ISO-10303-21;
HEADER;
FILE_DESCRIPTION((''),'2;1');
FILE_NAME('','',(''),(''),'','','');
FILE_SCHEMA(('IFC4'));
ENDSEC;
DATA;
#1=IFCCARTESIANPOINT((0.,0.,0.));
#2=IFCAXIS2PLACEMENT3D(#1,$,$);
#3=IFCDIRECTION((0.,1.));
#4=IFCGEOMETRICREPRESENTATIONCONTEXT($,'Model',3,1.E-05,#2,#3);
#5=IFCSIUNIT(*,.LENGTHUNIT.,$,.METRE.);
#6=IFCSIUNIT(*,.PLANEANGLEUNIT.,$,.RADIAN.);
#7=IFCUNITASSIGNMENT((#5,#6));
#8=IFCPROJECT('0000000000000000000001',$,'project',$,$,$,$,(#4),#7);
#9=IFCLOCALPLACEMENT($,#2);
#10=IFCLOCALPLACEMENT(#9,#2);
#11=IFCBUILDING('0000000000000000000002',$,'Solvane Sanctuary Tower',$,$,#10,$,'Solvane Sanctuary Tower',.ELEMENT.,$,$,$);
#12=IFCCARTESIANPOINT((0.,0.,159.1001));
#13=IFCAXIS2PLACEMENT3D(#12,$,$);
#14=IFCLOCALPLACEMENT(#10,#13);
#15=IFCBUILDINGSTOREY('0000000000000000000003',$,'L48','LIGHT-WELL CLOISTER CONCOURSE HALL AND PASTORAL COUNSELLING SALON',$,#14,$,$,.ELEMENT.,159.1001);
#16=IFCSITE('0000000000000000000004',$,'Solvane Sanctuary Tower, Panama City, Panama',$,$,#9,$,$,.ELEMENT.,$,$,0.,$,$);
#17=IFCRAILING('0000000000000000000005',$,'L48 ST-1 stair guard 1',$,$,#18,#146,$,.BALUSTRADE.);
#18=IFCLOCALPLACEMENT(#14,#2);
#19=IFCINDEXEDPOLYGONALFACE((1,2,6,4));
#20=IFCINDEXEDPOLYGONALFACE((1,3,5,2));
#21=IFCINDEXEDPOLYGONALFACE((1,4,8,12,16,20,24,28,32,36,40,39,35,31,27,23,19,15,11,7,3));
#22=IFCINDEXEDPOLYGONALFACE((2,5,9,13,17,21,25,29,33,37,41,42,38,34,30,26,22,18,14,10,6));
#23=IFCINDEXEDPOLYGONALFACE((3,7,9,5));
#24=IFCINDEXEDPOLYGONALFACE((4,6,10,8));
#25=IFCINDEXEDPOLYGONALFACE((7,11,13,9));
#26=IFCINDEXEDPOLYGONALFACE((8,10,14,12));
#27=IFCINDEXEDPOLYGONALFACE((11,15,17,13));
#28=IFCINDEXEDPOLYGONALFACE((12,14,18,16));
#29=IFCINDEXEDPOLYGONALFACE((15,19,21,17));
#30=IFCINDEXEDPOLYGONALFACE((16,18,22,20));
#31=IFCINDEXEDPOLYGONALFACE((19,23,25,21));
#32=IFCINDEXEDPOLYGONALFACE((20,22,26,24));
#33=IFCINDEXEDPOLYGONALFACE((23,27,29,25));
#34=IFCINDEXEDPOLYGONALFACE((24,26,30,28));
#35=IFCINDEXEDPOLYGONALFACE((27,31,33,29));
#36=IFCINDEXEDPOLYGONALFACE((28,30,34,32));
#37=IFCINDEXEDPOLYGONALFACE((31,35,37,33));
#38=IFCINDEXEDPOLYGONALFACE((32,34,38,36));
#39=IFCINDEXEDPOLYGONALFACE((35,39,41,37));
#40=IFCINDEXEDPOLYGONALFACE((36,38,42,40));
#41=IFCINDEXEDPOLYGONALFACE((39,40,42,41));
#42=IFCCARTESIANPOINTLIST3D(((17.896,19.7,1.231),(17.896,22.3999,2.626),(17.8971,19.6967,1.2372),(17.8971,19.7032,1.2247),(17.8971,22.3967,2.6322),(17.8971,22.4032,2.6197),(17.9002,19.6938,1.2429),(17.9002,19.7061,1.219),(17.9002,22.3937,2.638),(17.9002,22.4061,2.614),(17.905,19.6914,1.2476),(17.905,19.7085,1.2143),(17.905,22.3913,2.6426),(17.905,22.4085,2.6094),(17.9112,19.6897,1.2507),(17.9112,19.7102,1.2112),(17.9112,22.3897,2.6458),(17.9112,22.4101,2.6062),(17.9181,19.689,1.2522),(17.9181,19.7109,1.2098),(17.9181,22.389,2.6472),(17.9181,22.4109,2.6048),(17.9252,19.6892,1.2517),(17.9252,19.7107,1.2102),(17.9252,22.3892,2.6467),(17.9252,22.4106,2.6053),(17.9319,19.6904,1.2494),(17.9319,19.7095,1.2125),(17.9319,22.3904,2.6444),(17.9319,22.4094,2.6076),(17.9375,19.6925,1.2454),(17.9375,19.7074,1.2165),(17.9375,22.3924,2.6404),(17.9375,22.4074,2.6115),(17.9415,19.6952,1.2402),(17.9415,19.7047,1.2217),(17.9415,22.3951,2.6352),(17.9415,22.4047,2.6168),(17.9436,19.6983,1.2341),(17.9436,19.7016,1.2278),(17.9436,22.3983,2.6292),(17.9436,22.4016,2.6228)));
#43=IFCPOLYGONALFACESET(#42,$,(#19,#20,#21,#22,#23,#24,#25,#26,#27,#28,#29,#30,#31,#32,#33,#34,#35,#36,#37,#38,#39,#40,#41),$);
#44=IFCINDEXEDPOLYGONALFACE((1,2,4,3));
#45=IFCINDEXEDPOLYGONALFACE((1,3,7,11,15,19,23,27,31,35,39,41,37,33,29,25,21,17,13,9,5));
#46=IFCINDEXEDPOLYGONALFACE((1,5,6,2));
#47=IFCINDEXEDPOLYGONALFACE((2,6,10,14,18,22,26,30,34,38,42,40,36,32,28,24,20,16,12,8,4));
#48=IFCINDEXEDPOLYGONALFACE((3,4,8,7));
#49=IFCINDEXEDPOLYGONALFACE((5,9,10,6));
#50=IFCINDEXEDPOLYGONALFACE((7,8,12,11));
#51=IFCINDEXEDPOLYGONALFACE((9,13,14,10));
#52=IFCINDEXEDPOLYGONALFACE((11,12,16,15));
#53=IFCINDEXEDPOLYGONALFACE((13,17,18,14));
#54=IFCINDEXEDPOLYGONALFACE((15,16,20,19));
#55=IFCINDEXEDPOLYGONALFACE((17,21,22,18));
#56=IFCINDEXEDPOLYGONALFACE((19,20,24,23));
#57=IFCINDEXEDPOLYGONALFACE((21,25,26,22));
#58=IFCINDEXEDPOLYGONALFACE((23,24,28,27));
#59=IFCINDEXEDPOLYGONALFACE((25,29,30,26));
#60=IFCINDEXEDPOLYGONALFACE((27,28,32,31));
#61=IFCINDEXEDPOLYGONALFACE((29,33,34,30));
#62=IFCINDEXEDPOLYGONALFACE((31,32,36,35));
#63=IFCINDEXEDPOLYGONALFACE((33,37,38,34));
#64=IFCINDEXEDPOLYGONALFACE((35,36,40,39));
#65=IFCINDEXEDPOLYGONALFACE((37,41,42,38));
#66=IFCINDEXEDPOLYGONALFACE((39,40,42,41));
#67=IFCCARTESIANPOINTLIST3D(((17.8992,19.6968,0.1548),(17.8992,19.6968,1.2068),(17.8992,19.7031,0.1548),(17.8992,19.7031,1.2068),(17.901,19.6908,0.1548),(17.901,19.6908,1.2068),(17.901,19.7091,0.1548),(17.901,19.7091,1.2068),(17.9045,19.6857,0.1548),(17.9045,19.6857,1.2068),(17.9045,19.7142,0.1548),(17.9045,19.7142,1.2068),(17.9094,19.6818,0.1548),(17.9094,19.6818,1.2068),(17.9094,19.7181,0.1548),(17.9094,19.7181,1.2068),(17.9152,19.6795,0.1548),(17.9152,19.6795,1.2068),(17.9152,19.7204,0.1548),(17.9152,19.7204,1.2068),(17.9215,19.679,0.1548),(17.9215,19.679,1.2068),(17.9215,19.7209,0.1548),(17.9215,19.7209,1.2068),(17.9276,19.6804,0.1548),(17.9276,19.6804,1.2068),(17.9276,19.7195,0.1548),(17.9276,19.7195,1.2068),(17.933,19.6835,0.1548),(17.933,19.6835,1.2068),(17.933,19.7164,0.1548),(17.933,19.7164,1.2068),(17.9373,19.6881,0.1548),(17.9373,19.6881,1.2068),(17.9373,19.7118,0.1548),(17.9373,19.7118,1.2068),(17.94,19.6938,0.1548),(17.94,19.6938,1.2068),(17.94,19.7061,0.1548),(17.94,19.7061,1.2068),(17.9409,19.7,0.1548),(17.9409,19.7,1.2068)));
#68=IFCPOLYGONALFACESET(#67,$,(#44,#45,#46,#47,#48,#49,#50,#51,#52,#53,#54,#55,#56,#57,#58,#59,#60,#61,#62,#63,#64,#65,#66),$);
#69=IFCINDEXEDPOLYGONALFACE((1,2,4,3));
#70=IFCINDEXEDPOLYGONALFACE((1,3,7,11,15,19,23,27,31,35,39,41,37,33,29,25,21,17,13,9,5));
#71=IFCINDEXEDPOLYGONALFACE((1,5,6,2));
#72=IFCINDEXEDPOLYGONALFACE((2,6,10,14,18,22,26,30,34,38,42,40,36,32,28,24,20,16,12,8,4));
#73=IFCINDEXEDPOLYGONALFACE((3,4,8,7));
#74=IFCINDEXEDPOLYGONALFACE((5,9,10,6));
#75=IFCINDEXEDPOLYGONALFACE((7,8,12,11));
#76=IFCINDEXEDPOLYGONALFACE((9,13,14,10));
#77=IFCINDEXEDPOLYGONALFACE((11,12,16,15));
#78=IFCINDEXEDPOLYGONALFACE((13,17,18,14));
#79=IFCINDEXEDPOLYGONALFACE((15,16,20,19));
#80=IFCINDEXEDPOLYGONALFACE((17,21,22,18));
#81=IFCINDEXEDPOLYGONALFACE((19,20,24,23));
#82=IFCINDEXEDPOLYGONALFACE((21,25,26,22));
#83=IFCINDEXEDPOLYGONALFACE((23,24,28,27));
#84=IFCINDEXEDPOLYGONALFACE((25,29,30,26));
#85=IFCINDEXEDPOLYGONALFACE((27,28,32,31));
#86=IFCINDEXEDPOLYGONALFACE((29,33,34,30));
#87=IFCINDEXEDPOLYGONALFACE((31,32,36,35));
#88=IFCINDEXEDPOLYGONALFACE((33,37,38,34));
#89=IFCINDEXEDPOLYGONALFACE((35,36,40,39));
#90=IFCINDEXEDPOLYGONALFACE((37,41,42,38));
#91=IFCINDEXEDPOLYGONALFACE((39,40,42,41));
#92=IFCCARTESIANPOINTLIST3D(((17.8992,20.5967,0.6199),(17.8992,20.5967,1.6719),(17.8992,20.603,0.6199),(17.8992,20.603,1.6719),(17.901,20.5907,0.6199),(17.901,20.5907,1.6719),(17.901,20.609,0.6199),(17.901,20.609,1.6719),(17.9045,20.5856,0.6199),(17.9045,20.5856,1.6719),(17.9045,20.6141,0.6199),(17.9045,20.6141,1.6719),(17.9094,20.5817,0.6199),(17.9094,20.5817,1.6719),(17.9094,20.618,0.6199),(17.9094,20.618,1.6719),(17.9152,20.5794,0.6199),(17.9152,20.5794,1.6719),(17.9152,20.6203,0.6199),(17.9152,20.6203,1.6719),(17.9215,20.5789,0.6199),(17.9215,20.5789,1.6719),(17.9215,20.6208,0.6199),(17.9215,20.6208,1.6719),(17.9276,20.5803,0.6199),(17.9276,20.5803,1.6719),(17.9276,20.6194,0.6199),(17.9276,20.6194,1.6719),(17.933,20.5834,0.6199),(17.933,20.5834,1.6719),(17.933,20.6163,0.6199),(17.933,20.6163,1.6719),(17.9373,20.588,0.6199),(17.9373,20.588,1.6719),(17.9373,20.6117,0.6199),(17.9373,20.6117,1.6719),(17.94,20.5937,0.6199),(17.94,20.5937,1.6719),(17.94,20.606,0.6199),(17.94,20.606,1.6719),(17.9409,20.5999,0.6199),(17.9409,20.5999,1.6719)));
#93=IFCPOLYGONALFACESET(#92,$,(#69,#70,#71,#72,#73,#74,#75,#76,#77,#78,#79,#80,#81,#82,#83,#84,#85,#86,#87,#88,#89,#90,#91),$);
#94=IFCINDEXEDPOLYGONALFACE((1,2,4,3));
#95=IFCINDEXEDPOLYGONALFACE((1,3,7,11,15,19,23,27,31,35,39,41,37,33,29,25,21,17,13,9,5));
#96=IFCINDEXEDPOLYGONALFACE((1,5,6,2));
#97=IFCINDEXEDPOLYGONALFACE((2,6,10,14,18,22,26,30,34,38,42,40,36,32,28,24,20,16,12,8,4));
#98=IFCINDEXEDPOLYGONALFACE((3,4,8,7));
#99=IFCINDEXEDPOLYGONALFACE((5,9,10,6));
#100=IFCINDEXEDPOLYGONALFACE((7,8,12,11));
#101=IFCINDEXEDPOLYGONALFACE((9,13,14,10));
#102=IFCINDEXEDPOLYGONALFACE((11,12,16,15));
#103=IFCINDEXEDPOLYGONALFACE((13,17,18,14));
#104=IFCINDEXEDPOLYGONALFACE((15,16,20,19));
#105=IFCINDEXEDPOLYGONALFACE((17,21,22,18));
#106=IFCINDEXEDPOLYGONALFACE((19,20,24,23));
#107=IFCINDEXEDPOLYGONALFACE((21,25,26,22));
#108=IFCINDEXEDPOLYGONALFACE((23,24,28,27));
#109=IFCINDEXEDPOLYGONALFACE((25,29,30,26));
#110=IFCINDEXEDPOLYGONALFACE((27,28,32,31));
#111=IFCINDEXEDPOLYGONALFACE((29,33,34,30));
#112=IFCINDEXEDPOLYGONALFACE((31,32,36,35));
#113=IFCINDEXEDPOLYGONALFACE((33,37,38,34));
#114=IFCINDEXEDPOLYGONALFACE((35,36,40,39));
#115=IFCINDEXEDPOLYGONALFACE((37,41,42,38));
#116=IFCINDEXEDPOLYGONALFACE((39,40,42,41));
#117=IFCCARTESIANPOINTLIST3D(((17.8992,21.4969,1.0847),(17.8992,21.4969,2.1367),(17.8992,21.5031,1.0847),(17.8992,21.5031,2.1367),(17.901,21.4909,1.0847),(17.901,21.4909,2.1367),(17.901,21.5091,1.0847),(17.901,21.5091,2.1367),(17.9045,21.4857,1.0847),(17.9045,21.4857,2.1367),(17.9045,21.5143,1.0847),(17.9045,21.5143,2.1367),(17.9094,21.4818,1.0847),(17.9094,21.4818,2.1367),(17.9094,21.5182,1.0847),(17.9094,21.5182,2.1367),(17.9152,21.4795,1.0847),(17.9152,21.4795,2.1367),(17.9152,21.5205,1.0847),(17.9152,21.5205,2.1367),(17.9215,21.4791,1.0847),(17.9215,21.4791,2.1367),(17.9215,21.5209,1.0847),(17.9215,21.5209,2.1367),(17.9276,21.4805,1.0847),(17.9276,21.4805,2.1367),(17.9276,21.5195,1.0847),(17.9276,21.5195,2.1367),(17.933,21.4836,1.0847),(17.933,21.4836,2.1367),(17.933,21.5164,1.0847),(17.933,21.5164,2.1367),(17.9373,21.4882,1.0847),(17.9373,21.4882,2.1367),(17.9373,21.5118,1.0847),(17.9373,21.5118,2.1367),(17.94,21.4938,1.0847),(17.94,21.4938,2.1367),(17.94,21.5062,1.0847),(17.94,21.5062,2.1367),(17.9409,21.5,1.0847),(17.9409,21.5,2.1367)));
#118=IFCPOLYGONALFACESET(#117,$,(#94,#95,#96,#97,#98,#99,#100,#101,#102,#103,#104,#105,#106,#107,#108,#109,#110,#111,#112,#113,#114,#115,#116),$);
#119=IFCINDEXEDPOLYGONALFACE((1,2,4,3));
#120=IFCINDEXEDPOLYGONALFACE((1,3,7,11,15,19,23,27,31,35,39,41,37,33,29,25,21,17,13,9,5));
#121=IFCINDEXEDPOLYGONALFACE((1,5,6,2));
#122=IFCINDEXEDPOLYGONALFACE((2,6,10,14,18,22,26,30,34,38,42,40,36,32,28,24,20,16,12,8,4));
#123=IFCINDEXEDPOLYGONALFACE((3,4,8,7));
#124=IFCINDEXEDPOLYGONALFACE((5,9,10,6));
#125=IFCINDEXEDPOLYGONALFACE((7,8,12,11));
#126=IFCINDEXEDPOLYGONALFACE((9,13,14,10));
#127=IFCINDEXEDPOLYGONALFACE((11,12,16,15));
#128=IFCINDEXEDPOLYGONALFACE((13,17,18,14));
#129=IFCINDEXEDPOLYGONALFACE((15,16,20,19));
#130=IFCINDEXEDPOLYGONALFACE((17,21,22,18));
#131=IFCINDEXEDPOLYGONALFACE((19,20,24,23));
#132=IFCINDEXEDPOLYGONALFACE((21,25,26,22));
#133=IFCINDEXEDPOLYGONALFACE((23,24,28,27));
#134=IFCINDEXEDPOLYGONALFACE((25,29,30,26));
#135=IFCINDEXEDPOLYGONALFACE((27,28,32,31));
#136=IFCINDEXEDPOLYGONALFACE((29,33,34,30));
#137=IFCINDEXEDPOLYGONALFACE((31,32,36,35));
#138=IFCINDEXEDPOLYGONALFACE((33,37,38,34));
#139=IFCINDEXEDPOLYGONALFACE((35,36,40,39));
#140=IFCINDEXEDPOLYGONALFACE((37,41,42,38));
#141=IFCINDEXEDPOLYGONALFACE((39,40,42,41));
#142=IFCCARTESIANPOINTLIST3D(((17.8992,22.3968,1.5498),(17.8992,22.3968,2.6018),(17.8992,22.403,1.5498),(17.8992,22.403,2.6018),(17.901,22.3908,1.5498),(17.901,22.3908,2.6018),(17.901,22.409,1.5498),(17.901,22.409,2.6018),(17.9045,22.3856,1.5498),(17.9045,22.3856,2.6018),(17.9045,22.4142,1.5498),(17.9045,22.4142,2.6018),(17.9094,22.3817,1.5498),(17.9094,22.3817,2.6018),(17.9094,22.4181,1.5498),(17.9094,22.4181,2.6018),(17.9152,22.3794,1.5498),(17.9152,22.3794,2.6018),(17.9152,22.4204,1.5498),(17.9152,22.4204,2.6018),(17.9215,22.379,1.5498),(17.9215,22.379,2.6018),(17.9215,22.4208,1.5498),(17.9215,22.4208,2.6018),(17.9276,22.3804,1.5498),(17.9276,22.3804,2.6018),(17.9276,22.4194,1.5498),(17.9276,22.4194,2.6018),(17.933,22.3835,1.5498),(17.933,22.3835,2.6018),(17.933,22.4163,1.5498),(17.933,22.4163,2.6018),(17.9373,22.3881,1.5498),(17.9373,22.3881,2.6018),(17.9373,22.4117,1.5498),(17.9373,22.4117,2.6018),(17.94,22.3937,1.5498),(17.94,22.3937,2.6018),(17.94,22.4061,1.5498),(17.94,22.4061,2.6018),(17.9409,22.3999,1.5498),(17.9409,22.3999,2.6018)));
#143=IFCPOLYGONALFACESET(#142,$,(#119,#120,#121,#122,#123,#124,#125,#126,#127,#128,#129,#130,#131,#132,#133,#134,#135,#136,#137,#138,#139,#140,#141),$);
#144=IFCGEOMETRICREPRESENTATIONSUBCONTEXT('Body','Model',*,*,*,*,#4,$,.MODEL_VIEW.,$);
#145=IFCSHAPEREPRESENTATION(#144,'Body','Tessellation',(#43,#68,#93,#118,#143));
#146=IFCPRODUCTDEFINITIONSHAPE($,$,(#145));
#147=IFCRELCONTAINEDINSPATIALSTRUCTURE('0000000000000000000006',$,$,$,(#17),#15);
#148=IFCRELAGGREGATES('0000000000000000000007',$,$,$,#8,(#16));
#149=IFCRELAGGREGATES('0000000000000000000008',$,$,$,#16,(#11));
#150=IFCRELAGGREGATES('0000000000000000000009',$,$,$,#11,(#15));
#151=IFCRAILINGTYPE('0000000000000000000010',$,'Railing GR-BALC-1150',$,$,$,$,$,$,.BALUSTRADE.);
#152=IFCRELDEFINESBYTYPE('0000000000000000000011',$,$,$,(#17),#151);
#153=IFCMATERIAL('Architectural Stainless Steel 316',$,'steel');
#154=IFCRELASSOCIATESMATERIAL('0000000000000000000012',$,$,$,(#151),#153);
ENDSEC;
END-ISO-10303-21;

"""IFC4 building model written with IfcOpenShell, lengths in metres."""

from ifc_helpers import new_model, si_unit, direction, frame, origin, origin_2d, place, context, subcontext, project, spatial, circle, extrude, material, type_object, element, save


model = new_model("IFC4")

# Units and contexts
model_context = context("Model", 3, precision=1e-05, world=origin(), true_north=direction((0.0, 1.0)))
body_context = subcontext(model_context, "Body", "Model", "MODEL_VIEW")
ifc_project = project(units=[si_unit("LENGTHUNIT", "METRE"), si_unit("PLANEANGLEUNIT", "RADIAN")], contexts=[model_context])

# Site, building, storey
site_placement = place(None, origin())
site = spatial("IfcSite", under=ifc_project, at=site_placement, Name="Solvane Sanctuary Tower, Panama City, Panama", CompositionType="ELEMENT", RefElevation=0.0)
building_placement = place(site_placement, origin())
building = spatial("IfcBuilding", under=site, at=building_placement, Name="Solvane Sanctuary Tower", LongName="Solvane Sanctuary Tower", CompositionType="ELEMENT")
storey_placement = place(building_placement, frame((0.0, 0.0, 159.1001)))
storey = spatial("IfcBuildingStorey", under=building, at=storey_placement, Name="L48", Description="LIGHT-WELL CLOISTER CONCOURSE HALL AND PASTORAL COUNSELLING SALON", CompositionType="ELEMENT", Elevation=159.1001)

# Shared definitions
ifc_material_1 = material(Name="Architectural Stainless Steel 316", Category="steel")

# Railing
railing_type_1 = type_object("IfcRailingType", Name="Railing GR-BALC-1150", PredefinedType="BALUSTRADE", material=ifc_material_1)
railing_1_placement = place(storey_placement, frame((17.9199, 19.7, 0.1548)))
element("IfcRailing", 1, at=railing_1_placement, inside=storey, type_object=railing_type_1, Name="L48 ST-1 stair guard 1", PredefinedType="BALUSTRADE", context=body_context, shape_type="SweptSolid", body=[
    extrude(circle(Radius=0.0239, at=origin_2d()), frame((0.0, 0.0, 1.0762), z_axis=(0.0, 0.88842, 0.459032), x_axis=(-1.0, 0.0, 0.0)), (0.0, 0.0, 1.0), 3.0391),
    extrude(circle(Radius=0.021, at=origin_2d()), origin(), (0.0, 0.0, 1.0), 1.052),
    extrude(circle(Radius=0.021, at=origin_2d()), frame((0.0, 0.8999, 0.4651)), (0.0, 0.0, 1.0), 1.052),
    extrude(circle(Radius=0.021, at=origin_2d()), frame((0.0, 1.8, 0.9299)), (0.0, 0.0, 1.0), 1.052),
    extrude(circle(Radius=0.021, at=origin_2d()), frame((0.0, 2.7, 1.395)), (0.0, 0.0, 1.0), 1.052),
])

save(model, "model.ifc")
